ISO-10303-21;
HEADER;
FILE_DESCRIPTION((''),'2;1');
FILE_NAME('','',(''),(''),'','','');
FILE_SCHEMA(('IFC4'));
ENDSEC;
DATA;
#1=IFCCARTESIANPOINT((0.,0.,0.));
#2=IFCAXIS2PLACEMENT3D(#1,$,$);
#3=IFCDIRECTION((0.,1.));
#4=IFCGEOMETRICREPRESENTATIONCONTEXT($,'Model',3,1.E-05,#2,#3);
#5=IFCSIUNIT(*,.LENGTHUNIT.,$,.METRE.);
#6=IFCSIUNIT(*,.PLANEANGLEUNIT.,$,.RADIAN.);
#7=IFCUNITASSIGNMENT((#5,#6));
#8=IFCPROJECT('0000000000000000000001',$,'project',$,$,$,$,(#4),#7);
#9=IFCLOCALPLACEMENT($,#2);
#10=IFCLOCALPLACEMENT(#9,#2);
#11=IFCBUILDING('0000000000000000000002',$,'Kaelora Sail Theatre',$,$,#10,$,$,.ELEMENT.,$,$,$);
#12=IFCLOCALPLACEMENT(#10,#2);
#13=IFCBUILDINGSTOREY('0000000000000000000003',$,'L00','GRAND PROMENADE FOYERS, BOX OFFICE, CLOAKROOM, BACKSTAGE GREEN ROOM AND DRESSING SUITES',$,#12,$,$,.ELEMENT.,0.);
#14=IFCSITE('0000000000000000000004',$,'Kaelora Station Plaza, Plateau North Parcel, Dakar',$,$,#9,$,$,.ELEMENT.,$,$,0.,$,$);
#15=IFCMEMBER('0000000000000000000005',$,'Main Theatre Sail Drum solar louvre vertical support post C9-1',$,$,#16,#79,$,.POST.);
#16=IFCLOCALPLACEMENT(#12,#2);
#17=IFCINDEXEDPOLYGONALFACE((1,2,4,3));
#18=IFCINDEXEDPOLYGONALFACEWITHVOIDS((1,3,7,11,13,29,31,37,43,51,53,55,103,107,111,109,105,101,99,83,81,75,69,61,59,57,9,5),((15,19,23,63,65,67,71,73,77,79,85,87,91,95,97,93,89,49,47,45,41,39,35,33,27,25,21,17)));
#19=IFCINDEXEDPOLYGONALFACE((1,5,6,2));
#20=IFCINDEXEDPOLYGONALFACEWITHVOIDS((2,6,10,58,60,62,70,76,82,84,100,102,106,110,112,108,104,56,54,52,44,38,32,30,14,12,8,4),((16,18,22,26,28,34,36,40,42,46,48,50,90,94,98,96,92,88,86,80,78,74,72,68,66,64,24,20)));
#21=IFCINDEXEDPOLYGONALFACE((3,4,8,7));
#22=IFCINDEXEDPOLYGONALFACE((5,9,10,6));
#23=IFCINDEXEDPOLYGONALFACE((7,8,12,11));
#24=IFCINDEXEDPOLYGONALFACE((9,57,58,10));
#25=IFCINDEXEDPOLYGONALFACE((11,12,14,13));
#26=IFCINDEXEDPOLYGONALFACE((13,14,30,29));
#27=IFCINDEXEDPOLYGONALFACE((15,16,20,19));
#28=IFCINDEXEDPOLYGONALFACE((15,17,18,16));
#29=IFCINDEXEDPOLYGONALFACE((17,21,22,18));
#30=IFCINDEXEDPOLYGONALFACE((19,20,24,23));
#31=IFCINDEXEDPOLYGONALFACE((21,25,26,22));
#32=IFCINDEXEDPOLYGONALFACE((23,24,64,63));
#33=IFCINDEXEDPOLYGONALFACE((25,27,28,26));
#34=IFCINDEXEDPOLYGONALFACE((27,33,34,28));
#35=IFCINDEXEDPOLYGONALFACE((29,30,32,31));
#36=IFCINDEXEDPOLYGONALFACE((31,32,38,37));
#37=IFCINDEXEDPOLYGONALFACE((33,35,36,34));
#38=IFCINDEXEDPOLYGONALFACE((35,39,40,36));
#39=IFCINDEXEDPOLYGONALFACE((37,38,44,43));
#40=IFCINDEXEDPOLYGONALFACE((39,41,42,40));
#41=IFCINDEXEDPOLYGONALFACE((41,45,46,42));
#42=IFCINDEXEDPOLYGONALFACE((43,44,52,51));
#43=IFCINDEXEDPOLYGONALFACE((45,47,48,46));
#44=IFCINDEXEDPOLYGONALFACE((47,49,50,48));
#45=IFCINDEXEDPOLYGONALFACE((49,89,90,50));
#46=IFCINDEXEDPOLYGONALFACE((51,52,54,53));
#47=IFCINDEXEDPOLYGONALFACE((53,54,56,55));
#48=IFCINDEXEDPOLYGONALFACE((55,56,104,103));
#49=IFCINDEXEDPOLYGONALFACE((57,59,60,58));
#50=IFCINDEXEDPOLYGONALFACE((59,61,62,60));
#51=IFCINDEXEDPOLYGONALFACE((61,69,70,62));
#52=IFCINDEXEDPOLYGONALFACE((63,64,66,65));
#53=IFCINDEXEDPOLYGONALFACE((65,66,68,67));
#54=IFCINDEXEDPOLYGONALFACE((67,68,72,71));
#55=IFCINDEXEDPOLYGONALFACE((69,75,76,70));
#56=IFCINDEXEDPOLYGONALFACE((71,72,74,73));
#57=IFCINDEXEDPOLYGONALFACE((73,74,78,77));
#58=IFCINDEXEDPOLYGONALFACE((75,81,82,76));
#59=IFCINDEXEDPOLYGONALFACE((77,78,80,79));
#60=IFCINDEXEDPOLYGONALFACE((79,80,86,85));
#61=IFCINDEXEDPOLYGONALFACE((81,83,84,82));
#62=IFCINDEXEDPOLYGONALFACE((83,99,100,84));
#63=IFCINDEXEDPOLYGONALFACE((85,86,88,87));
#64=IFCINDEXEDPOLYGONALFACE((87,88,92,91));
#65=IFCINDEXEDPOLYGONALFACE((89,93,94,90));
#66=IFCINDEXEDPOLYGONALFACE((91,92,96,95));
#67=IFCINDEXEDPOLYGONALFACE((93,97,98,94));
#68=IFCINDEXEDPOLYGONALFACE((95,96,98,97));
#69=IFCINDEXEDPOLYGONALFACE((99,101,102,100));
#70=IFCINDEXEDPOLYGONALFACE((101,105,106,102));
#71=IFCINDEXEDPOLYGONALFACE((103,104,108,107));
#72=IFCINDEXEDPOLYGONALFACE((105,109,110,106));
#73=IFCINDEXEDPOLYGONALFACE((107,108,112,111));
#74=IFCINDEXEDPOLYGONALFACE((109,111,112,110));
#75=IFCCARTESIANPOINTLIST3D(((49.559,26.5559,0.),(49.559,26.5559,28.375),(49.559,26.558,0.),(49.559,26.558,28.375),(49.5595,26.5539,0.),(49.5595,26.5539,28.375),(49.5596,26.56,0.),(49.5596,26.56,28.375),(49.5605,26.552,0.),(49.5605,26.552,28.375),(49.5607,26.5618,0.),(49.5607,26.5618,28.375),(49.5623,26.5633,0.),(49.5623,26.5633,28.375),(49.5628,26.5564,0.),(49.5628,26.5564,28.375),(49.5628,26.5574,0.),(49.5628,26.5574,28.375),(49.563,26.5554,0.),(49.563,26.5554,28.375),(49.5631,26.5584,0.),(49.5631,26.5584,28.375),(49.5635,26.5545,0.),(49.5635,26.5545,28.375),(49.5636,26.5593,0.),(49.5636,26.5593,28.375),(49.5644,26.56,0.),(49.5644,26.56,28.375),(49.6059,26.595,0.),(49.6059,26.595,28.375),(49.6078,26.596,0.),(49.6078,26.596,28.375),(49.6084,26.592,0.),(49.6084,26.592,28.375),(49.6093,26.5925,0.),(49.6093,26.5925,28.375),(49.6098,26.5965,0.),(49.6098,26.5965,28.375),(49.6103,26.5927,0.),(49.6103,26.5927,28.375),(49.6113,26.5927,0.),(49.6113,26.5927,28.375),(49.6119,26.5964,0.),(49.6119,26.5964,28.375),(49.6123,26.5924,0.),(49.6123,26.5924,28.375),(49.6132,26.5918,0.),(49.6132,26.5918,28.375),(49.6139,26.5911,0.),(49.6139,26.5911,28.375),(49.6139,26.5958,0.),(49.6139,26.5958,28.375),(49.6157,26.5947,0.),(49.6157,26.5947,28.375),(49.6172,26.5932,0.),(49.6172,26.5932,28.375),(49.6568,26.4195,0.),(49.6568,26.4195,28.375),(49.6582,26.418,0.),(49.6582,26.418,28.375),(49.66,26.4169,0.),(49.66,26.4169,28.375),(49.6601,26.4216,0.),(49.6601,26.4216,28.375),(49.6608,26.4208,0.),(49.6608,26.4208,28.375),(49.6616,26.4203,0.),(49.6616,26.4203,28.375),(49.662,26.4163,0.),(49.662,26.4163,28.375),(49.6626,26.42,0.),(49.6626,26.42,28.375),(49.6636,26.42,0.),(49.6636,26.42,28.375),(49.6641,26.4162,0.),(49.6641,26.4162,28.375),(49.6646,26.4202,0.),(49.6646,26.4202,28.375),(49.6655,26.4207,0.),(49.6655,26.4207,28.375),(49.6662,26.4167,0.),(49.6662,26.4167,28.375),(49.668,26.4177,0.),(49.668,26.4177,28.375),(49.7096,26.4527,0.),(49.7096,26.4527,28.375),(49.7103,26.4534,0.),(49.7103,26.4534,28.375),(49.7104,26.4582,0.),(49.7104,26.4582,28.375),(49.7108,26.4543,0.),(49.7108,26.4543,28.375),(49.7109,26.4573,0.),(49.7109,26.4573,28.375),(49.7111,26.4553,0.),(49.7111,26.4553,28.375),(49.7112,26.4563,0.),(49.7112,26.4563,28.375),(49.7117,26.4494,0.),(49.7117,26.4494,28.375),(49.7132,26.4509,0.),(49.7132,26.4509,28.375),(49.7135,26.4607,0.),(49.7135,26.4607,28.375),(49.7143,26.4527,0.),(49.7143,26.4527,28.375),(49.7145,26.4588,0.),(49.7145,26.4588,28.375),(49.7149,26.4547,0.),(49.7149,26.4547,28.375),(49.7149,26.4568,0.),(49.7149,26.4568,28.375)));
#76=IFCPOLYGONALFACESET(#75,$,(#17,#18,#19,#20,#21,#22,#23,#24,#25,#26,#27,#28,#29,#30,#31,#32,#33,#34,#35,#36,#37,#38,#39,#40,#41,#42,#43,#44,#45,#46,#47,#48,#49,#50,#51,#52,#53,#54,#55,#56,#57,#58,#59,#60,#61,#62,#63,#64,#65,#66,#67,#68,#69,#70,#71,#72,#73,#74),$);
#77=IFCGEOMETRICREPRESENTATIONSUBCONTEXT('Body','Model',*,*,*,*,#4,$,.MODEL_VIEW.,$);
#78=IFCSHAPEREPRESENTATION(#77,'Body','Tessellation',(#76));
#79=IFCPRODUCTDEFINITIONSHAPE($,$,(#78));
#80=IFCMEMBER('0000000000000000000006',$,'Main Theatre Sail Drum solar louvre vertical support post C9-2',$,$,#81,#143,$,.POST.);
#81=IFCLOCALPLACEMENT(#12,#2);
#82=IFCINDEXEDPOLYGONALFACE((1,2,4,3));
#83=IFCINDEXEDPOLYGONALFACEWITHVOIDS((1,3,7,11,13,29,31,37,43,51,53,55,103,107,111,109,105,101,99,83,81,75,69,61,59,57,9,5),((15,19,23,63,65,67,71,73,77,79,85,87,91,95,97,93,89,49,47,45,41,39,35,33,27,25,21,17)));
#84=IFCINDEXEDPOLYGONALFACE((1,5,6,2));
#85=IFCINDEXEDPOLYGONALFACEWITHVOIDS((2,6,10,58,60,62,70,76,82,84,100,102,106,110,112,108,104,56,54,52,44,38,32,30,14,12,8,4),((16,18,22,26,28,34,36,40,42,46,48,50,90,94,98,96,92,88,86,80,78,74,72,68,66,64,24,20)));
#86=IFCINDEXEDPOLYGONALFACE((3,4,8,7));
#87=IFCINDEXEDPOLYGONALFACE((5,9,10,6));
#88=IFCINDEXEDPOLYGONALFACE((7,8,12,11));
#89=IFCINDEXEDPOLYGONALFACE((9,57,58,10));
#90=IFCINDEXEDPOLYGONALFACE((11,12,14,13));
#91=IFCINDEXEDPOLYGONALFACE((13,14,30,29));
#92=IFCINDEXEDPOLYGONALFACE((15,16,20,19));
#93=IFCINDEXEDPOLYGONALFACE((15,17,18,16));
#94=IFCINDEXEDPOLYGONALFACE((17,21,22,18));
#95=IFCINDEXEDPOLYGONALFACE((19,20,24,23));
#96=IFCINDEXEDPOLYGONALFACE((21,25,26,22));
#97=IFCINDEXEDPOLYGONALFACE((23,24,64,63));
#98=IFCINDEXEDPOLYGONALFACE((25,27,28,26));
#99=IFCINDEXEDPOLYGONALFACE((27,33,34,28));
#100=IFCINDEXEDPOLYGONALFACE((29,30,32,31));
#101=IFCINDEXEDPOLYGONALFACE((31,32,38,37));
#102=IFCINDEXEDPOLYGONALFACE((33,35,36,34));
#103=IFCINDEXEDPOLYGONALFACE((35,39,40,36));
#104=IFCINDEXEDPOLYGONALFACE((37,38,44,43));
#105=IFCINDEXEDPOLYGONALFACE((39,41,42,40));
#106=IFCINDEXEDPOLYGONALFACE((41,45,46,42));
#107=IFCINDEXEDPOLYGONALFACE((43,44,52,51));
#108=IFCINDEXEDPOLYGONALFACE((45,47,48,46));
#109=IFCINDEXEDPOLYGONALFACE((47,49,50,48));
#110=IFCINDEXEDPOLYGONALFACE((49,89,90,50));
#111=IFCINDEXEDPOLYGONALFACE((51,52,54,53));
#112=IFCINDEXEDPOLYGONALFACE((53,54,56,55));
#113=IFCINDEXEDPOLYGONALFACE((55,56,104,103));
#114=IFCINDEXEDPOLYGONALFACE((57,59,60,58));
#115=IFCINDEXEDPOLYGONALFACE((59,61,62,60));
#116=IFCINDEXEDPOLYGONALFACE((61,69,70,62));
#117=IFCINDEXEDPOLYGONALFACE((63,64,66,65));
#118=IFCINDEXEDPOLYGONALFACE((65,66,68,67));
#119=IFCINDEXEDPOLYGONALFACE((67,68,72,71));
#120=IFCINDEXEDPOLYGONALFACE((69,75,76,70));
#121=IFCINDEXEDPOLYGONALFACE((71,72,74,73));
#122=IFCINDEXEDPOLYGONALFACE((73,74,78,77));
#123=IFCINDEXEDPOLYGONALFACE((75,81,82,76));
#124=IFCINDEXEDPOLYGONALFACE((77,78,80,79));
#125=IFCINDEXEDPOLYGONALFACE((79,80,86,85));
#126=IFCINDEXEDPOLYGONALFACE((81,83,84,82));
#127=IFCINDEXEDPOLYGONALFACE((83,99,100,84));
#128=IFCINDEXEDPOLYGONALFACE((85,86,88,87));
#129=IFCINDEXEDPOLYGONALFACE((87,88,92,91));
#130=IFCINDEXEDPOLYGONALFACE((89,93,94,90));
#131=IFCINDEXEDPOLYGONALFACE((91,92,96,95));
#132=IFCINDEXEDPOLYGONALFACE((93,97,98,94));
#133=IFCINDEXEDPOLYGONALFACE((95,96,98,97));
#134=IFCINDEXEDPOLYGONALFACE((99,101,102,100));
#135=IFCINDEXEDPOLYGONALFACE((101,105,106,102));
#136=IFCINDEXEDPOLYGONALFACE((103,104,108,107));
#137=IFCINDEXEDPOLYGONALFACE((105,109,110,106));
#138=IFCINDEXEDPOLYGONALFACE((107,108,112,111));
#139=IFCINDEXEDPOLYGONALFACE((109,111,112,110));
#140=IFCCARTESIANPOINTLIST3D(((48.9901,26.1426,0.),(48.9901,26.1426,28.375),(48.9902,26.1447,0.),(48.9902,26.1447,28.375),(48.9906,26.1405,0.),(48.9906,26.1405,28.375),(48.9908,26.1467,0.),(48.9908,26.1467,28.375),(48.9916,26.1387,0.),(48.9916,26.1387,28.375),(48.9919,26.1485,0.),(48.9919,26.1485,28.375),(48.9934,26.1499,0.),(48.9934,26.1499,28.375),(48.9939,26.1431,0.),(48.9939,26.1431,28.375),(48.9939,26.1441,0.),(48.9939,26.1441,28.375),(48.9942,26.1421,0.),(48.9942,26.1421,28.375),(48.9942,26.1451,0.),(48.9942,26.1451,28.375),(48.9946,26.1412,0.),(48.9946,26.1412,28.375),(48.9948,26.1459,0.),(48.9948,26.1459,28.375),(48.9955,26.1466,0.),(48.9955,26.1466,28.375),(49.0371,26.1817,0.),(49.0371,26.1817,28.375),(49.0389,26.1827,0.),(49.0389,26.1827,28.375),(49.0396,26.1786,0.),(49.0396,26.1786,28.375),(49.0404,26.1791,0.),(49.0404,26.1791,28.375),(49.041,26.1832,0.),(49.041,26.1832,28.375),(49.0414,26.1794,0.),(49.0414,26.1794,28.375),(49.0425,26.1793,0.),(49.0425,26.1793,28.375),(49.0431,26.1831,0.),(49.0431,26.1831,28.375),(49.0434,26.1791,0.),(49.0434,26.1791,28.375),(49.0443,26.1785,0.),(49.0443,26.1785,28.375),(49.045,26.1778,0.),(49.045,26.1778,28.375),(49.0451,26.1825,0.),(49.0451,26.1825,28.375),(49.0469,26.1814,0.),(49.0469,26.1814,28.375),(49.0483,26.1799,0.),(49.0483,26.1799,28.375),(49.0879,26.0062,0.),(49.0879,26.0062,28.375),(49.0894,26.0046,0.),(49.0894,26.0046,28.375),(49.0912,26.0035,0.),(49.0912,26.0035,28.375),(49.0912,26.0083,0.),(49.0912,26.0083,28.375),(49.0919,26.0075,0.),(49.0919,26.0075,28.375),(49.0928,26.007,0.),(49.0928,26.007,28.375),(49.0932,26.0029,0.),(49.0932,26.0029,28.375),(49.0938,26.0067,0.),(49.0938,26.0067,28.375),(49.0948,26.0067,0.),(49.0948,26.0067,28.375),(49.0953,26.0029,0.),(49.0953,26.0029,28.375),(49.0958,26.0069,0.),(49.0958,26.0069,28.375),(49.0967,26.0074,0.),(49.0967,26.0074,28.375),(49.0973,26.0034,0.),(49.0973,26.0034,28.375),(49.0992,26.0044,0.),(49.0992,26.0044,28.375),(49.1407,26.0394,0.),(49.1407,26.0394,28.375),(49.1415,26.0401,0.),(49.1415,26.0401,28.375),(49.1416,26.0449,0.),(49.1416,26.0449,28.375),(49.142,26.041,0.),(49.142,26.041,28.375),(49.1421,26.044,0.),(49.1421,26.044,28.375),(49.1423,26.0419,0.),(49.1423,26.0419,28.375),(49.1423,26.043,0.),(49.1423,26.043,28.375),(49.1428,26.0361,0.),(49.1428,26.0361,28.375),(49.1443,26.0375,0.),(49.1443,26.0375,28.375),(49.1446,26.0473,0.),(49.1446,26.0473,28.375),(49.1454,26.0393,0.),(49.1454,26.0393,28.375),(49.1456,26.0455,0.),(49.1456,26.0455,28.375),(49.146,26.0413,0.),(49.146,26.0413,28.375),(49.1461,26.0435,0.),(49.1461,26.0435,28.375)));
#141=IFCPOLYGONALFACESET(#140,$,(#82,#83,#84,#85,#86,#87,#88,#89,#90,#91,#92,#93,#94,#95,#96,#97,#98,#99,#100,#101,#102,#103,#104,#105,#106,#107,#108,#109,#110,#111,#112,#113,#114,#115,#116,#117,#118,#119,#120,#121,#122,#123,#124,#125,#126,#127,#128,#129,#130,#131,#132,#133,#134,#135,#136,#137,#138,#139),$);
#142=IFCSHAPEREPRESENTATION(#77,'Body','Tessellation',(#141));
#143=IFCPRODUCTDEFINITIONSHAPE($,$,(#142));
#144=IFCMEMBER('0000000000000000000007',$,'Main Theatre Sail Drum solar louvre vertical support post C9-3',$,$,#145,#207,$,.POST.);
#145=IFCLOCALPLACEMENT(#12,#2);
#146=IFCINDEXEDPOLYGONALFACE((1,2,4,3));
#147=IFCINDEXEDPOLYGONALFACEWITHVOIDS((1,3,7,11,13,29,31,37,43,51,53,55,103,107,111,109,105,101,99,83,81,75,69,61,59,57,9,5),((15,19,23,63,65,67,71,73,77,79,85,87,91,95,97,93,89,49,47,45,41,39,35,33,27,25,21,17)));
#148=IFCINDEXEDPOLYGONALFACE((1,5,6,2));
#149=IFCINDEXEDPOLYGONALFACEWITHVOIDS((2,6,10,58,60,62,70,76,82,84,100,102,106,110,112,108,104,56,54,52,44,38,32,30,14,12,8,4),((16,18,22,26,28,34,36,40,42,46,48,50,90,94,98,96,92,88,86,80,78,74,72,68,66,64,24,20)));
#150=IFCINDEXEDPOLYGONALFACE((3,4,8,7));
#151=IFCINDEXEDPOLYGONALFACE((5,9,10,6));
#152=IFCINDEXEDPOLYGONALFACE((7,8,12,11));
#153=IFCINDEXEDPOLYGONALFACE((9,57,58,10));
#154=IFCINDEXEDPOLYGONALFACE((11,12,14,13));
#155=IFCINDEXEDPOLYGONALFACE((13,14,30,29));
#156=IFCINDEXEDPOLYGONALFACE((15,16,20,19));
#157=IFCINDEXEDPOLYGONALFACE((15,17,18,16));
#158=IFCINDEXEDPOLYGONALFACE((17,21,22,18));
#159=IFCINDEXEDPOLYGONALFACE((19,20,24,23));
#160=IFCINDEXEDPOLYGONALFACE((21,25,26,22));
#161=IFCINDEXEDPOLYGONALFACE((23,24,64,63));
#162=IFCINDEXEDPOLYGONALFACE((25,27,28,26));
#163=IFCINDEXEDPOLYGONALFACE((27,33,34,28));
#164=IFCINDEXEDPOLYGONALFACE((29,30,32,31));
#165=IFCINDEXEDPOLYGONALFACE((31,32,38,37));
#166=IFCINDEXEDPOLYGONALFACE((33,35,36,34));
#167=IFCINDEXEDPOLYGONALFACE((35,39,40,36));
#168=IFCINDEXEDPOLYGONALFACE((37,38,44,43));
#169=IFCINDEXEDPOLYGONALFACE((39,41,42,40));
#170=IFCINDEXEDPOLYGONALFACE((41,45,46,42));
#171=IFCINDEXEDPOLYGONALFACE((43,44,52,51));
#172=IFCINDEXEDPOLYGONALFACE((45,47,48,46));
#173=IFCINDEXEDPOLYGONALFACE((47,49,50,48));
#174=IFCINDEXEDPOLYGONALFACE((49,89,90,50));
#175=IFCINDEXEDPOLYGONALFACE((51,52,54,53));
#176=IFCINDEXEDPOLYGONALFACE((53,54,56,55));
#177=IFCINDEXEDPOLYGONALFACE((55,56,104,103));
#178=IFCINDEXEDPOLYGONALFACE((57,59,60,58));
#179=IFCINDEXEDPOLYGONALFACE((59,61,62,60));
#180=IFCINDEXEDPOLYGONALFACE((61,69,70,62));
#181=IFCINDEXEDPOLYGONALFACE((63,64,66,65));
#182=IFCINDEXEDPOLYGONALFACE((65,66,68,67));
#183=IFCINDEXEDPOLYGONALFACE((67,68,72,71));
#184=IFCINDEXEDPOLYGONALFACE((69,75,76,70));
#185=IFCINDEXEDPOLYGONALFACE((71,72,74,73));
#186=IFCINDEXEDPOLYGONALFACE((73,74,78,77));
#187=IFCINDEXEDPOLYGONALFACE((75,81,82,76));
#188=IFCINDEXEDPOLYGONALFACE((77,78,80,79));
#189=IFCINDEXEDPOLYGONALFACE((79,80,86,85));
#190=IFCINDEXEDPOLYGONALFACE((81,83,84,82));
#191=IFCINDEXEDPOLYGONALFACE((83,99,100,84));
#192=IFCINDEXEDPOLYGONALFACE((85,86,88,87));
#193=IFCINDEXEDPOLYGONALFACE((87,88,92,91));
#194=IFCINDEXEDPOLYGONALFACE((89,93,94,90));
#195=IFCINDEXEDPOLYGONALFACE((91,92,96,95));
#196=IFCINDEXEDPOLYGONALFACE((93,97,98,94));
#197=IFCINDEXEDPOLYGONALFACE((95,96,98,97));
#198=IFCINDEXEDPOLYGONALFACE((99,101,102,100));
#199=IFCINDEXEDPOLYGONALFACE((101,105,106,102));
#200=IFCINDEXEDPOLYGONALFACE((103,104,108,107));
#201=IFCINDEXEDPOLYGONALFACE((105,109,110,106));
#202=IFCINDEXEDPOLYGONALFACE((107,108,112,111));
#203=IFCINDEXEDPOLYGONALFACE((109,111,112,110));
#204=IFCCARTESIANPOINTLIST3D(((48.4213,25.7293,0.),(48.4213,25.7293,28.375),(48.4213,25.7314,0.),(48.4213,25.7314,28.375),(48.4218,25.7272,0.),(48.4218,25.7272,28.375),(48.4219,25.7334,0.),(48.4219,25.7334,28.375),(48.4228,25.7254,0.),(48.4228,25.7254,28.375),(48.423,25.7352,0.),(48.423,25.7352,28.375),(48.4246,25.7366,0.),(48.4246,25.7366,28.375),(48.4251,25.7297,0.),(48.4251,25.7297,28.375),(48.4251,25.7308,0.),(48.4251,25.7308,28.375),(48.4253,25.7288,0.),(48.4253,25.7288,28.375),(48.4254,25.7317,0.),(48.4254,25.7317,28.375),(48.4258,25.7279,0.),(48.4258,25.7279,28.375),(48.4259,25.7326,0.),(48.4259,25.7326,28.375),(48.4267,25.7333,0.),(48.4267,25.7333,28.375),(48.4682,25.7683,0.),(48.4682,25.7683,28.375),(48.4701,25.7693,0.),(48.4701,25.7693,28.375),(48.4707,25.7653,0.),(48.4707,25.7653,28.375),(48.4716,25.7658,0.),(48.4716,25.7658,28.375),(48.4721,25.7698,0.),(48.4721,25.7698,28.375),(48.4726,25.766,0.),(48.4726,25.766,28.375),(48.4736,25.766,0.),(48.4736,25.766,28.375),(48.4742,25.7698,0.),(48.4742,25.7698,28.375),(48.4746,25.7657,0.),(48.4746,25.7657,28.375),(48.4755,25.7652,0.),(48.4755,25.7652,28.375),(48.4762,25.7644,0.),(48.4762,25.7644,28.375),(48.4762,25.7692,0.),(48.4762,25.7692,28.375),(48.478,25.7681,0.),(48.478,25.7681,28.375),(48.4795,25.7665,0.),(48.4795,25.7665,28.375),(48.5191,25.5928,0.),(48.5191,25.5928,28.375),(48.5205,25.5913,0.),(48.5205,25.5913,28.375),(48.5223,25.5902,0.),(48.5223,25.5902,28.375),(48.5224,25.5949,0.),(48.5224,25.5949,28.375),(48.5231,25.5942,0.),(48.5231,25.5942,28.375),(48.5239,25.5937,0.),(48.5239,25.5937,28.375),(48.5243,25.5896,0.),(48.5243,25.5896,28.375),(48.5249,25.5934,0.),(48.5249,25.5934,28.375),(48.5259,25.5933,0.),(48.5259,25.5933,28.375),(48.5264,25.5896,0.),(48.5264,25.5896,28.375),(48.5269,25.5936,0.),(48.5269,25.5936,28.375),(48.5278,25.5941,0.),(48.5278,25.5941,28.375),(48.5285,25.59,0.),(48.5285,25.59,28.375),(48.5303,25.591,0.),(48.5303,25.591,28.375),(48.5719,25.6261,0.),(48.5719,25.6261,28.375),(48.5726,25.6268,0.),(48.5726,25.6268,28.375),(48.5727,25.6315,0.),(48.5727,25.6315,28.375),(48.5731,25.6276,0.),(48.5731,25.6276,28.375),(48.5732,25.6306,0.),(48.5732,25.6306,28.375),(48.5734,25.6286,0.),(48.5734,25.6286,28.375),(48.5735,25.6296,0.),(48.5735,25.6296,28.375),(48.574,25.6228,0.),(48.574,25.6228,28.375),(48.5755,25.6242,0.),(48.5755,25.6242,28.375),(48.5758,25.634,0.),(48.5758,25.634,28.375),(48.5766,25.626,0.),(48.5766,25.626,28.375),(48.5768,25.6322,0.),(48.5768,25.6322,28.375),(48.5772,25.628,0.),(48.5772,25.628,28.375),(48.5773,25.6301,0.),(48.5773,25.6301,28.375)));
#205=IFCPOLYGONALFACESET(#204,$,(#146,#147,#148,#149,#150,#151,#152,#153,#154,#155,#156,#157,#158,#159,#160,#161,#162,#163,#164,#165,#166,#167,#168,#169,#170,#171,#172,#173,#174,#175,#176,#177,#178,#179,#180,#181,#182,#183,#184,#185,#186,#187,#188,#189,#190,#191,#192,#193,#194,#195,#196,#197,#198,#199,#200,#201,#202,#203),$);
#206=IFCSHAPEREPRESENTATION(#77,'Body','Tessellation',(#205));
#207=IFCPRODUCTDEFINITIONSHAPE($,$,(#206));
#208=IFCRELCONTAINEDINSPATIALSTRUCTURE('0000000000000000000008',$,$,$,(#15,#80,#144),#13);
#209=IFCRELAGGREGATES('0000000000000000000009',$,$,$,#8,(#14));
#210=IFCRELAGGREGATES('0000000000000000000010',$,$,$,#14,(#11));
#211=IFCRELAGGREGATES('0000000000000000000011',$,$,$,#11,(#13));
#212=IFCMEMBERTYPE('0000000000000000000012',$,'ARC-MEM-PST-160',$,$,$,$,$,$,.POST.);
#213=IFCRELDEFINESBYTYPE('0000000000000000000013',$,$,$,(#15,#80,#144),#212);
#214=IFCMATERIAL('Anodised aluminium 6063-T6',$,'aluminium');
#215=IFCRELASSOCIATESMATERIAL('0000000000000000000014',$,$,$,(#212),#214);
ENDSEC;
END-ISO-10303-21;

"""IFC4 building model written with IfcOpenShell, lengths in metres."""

from ifc_helpers import new_model, si_unit, direction, frame, origin, origin_2d, place, context, subcontext, project, spatial, hollow_rectangle, extrude, material, material_profile, profile_set, type_object, element, save


model = new_model("IFC4")

# Units and contexts
model_context = context("Model", 3, precision=1e-05, world=origin(), true_north=direction((0.0, 1.0)))
body_context = subcontext(model_context, "Body", "Model", "MODEL_VIEW")
ifc_project = project(units=[si_unit("LENGTHUNIT", "METRE"), si_unit("PLANEANGLEUNIT", "RADIAN")], contexts=[model_context])

# Site, building, storey
site_placement = place(None, origin())
site = spatial("IfcSite", under=ifc_project, at=site_placement, Name="Kaelora Station Plaza, Plateau North Parcel, Dakar", CompositionType="ELEMENT", RefElevation=0.0)
building_placement = place(site_placement, origin())
building = spatial("IfcBuilding", under=site, at=building_placement, Name="Kaelora Sail Theatre", CompositionType="ELEMENT")
storey_placement = place(building_placement, origin())
storey = spatial("IfcBuildingStorey", under=building, at=storey_placement, Name="L00", Description="GRAND PROMENADE FOYERS, BOX OFFICE, CLOAKROOM, BACKSTAGE GREEN ROOM AND DRESSING SUITES", CompositionType="ELEMENT", Elevation=0.0)

# Members
ifc_material_1 = material(Name="Anodised aluminium 6063-T6", Category="aluminium")
ifc_material_profile_1 = material_profile(ifc_material_1, hollow_rectangle(XDim=0.0701, YDim=0.1799, WallThickness=0.0039, InnerFilletRadius=0.0039, OuterFilletRadius=0.0081, at=origin_2d()), Name="ALU-MULL 70x180x4")
ifc_profile_set_1 = profile_set([ifc_material_profile_1], Name="Anodised aluminium 6063-T6")
member_type_1 = type_object("IfcMemberType", Name="ARC-MEM-PST-160", PredefinedType="POST", material=ifc_profile_set_1)
for number, where, z_axis, x_axis, name in (
    (1, (49.637, 26.5063, 0.0), (0.0, 0.0, 1.0), (-0.809017, -0.587785, 0.0), "Main Theatre Sail Drum solar louvre vertical support post C9-1"),
    (2, (49.0681, 26.093, 0.0), (0.0, 0.0, 1.0), (-0.809017, -0.587785, 0.0), "Main Theatre Sail Drum solar louvre vertical support post C9-2"),
    (3, (48.4993, 25.6797, 0.0), (0.0, 0.0, 1.0), (-0.809017, -0.587785, 0.0), "Main Theatre Sail Drum solar louvre vertical support post C9-3"),
):
    element("IfcMember", number, at=place(storey_placement, frame(where, z_axis=z_axis, x_axis=x_axis)), inside=storey, type_object=member_type_1, Name=name, PredefinedType="POST", context=body_context, shape_type="SweptSolid", body=[
        extrude(hollow_rectangle(XDim=0.0701, YDim=0.1799, WallThickness=0.0039, InnerFilletRadius=0.0039, OuterFilletRadius=0.0081, at=origin_2d()), origin(), (0.0, 0.0, 1.0), 28.375),
    ])

save(model, "model.ifc")
